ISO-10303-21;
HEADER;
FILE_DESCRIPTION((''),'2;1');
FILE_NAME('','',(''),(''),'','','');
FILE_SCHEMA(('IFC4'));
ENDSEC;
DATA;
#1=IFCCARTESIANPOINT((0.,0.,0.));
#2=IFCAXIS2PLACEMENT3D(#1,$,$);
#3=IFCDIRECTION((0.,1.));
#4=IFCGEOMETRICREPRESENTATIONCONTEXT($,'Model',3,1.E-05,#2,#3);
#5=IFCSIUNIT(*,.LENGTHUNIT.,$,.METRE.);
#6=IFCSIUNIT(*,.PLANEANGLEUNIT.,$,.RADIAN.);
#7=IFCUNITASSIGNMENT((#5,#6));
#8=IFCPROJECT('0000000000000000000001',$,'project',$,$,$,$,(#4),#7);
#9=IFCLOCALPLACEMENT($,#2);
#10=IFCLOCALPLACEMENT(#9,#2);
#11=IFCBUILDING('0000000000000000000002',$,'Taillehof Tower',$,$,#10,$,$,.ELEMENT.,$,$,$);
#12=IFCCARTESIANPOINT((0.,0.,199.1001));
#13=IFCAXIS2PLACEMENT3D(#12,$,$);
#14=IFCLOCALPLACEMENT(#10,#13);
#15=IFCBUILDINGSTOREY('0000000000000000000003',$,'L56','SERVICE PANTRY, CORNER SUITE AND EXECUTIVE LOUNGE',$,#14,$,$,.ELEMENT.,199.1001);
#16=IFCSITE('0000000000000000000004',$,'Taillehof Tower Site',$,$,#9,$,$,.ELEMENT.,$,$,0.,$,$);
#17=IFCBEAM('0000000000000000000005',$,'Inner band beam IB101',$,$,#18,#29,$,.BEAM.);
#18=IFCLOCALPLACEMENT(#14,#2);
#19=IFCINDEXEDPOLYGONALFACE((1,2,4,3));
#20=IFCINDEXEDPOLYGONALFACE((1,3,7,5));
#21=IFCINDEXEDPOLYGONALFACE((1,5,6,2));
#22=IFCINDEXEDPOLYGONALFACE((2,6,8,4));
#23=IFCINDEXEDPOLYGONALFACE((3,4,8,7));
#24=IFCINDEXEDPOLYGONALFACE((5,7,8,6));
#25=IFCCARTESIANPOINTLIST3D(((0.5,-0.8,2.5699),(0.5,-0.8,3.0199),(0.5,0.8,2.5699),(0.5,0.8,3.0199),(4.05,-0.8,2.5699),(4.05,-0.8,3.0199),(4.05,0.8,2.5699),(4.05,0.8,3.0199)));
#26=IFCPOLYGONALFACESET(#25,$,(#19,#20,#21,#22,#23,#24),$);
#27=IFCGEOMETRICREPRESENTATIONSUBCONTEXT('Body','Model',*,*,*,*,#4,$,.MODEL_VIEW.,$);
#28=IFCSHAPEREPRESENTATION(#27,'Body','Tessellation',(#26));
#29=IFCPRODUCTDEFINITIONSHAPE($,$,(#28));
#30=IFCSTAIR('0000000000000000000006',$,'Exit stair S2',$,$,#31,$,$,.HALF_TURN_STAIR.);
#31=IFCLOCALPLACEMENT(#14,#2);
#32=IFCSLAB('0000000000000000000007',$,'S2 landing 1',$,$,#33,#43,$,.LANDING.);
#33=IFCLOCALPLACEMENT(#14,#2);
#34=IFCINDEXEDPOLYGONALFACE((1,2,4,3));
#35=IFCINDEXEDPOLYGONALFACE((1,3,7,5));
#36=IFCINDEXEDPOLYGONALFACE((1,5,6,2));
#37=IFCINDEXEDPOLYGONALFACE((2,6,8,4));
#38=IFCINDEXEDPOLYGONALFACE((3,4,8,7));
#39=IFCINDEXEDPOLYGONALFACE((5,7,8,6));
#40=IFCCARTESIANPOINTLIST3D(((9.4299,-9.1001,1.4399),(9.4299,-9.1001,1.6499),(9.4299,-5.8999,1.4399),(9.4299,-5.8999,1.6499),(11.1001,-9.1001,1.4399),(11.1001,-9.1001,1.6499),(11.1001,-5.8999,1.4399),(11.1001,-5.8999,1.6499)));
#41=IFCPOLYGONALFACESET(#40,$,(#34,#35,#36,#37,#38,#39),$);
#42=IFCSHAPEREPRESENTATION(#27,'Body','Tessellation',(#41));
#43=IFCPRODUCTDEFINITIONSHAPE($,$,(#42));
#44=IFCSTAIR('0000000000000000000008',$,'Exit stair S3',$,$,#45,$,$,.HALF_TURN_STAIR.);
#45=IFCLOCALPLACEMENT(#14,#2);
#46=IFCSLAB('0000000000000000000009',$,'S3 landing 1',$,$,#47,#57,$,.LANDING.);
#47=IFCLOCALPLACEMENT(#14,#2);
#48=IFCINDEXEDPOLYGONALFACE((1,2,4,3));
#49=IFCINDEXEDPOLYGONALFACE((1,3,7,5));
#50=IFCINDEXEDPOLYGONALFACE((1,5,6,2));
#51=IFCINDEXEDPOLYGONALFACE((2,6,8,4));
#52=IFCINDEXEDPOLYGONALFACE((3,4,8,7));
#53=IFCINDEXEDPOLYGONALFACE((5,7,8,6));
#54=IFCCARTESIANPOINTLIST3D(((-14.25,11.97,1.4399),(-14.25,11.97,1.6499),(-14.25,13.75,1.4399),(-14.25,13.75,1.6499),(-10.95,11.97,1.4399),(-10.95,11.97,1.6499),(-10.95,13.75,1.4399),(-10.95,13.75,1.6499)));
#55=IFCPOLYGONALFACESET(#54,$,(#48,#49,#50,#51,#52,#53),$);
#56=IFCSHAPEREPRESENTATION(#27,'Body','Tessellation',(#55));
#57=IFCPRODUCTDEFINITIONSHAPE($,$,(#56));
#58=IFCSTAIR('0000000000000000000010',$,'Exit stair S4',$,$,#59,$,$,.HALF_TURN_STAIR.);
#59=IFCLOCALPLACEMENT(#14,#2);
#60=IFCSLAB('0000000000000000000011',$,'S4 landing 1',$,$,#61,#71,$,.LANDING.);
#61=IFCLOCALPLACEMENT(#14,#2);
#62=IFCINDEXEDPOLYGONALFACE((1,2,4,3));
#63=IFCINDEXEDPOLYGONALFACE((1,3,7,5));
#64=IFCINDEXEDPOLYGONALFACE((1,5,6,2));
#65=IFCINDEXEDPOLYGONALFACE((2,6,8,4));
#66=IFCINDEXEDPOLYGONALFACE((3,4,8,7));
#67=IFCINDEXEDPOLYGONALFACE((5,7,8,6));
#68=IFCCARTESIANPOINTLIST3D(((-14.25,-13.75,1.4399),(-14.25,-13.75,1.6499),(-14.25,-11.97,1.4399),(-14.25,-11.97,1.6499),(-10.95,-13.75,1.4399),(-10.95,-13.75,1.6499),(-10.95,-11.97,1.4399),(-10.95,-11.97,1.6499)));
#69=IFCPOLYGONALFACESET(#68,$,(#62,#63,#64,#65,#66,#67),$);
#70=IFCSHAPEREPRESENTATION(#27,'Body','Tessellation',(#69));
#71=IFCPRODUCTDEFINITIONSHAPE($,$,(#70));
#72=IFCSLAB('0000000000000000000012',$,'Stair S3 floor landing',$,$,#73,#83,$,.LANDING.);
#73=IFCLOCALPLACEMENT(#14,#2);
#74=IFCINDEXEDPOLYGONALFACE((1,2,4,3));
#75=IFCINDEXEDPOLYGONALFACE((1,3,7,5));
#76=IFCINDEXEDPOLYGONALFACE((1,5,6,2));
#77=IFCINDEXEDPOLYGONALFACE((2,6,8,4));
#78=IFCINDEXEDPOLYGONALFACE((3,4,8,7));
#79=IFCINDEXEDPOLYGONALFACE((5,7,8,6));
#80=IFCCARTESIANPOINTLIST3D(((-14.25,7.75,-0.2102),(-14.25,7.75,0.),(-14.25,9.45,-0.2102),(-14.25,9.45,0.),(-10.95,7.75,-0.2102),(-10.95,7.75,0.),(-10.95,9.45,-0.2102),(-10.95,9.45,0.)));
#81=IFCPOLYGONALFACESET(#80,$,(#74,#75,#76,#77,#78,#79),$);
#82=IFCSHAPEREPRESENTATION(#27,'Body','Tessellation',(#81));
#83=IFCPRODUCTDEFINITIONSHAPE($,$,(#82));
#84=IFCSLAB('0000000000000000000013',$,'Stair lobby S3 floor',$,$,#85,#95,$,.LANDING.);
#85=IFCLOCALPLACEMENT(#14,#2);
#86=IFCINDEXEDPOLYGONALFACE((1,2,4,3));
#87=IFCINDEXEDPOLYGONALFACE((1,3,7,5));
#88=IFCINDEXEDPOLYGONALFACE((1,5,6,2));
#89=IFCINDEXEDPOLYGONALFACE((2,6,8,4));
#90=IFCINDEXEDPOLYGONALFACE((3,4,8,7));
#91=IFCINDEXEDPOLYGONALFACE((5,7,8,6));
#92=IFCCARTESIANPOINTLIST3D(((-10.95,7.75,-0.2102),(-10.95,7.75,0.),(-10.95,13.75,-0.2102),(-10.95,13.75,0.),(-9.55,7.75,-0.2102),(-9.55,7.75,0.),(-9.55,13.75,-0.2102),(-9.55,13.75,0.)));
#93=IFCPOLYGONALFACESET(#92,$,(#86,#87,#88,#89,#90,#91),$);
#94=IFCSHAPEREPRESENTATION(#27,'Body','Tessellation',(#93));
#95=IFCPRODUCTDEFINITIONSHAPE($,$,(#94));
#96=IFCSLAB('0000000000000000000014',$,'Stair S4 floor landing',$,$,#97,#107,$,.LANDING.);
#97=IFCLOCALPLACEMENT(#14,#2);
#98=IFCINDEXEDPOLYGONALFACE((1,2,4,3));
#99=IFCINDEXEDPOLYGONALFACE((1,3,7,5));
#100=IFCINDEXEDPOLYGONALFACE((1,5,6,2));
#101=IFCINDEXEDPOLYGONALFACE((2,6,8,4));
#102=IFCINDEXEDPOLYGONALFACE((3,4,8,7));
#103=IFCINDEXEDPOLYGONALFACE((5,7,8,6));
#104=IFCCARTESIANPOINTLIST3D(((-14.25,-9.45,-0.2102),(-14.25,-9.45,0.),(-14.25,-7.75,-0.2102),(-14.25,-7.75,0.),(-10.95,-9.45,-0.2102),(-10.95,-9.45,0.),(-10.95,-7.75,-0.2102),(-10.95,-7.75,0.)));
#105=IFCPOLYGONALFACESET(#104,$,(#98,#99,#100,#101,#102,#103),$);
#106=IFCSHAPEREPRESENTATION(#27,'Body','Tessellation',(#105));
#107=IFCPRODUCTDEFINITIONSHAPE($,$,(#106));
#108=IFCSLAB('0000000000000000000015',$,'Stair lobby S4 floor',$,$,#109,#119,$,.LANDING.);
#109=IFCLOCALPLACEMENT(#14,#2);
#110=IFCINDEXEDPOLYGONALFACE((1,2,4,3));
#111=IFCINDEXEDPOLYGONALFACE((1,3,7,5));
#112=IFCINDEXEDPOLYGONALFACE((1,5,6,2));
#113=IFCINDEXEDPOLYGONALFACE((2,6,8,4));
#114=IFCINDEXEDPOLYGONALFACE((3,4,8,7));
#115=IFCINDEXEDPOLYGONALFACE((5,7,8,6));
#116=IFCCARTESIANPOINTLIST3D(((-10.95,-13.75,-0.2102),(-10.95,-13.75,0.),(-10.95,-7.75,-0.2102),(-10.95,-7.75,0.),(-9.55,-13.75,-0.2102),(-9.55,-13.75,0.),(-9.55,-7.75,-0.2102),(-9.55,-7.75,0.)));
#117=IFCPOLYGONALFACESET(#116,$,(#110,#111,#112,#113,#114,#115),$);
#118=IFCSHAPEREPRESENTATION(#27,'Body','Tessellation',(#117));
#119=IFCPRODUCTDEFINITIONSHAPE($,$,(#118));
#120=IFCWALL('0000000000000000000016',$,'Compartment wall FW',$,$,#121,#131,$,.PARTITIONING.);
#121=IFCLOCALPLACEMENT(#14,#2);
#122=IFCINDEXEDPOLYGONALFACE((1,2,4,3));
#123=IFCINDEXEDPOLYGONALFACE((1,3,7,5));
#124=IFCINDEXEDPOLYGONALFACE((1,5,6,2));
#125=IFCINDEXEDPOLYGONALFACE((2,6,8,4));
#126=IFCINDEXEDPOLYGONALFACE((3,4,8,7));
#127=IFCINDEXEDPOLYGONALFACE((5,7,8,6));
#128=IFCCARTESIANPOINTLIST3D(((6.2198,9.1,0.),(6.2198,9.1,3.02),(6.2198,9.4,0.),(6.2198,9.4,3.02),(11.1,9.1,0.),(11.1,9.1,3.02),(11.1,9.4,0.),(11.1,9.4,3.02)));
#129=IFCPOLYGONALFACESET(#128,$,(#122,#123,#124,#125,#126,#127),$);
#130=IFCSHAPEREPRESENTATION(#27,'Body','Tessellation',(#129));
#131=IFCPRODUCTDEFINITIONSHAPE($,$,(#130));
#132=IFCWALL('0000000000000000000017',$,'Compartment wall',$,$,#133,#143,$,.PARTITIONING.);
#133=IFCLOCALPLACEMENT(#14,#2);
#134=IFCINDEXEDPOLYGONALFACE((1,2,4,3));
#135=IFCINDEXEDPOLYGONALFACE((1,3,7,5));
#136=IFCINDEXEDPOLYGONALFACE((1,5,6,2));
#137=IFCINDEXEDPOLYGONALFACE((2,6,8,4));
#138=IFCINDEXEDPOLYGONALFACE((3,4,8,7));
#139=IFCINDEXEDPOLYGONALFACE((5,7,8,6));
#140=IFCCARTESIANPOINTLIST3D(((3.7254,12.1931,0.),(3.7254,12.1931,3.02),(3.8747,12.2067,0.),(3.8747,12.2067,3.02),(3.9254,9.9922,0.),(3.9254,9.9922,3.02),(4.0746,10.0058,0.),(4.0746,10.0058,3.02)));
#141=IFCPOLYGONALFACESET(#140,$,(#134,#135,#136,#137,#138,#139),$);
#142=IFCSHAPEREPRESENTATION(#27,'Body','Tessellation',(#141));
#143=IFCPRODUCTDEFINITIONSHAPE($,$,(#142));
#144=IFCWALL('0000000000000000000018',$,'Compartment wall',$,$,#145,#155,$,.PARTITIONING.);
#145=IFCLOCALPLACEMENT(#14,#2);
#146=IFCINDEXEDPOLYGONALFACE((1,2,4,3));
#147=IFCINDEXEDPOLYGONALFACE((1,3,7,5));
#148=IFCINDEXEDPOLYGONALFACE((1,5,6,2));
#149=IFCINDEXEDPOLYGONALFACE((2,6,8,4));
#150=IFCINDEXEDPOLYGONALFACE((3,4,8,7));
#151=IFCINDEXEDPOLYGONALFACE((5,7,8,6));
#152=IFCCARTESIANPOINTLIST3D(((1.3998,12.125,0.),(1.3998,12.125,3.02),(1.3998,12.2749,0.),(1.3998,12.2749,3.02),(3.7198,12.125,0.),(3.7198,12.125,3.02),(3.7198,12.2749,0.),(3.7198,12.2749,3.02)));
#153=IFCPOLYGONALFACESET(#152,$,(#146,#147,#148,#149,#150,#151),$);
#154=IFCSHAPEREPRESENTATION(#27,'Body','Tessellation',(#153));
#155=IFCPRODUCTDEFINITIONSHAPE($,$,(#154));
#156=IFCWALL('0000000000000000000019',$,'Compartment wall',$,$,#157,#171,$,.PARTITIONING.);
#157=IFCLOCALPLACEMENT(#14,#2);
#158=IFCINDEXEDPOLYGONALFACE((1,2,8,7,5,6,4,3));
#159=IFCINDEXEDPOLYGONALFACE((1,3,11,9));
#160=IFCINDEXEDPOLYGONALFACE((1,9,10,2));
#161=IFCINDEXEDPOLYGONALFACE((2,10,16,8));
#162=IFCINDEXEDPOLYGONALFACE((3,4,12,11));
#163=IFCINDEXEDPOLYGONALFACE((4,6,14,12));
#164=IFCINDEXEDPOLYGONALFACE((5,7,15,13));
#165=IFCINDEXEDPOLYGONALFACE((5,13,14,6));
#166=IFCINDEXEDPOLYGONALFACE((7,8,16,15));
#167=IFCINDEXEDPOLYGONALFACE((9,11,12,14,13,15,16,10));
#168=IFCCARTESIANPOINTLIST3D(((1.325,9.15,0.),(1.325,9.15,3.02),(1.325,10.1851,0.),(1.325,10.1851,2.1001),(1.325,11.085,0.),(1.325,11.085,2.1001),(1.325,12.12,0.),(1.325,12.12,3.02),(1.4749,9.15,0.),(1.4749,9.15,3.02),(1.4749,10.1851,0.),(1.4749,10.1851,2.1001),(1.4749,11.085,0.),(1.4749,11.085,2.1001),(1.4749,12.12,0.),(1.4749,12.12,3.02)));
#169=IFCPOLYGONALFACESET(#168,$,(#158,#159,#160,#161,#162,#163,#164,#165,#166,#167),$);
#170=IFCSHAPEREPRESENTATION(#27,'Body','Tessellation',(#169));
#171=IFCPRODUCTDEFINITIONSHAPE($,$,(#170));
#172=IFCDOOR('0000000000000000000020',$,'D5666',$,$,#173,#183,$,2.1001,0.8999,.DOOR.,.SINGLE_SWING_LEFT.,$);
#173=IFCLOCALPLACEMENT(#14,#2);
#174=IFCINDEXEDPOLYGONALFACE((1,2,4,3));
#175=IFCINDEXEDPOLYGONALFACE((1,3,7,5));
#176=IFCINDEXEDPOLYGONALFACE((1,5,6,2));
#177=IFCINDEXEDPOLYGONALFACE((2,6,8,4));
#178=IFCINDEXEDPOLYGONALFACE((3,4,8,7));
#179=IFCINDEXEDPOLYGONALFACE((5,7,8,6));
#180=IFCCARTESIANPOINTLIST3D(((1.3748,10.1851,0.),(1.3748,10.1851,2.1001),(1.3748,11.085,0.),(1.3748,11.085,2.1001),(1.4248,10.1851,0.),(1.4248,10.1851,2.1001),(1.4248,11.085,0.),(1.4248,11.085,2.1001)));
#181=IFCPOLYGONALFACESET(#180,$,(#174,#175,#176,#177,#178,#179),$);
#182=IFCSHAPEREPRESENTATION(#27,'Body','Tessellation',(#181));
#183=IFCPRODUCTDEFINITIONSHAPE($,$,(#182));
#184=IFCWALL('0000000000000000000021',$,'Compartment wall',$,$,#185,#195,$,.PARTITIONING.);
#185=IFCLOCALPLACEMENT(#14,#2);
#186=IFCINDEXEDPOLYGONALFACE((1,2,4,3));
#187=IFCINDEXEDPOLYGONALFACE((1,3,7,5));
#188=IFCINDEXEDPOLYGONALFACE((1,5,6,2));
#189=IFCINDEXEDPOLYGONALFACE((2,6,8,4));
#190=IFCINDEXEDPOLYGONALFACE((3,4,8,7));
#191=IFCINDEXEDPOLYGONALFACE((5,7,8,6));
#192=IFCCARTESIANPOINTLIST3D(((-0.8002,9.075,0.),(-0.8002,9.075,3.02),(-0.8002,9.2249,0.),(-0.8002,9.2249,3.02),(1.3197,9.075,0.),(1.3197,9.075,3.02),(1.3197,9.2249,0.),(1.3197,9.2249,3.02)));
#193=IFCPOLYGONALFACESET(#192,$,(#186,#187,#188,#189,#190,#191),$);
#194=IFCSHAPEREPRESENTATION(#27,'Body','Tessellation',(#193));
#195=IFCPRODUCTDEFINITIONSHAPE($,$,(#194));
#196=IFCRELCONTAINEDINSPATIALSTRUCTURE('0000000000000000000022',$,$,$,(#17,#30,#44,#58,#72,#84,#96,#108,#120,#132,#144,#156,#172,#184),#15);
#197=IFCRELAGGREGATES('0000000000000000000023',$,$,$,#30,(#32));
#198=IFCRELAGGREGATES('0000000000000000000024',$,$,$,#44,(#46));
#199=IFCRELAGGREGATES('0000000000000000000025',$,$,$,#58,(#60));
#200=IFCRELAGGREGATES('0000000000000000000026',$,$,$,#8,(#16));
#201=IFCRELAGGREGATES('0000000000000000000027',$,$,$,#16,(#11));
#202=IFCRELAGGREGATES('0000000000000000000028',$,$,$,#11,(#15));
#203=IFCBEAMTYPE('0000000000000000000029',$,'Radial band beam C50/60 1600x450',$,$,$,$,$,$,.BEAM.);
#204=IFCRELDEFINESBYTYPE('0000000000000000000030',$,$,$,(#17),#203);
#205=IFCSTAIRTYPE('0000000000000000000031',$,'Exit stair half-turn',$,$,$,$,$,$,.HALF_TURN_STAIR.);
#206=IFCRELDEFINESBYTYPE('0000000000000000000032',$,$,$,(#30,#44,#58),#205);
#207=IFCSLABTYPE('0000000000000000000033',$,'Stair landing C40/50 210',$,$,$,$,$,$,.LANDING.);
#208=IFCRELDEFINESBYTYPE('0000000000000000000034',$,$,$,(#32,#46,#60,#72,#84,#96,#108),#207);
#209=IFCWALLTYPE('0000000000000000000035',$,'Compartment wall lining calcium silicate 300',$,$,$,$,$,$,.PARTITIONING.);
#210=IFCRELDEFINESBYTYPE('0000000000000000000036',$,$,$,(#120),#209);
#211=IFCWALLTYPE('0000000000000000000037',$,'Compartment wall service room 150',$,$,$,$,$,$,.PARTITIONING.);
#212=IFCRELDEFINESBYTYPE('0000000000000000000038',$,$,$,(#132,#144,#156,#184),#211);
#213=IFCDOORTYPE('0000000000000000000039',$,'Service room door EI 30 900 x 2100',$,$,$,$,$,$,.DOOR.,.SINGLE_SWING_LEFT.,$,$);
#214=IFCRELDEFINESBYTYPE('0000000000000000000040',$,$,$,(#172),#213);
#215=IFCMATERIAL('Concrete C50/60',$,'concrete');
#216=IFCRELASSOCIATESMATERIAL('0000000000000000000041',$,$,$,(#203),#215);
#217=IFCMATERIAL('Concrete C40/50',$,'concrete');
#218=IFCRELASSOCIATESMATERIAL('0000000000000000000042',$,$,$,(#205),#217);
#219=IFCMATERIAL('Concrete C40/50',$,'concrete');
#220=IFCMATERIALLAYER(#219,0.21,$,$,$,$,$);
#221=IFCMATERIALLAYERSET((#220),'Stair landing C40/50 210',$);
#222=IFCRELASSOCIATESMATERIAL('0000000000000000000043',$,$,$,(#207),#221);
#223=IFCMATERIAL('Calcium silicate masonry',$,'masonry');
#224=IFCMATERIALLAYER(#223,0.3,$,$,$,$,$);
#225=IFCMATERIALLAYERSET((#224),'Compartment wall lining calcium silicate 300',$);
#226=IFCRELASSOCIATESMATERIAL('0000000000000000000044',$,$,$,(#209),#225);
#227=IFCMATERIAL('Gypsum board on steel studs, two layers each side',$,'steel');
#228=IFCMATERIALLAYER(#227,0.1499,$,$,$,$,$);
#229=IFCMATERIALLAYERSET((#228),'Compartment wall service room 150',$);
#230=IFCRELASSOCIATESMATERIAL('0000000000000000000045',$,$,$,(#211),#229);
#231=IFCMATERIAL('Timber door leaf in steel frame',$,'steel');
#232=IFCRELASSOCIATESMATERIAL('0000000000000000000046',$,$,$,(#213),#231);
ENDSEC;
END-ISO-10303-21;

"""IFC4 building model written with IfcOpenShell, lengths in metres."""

from ifc_helpers import new_model, si_unit, direction, frame, frame_2d, origin, origin_2d, place, context, subcontext, project, spatial, polyline, rectangle, outline, extrude, material, layer, layer_set, material_profile, profile_set, type_object, element, fill, aggregate, save


model = new_model("IFC4")

# Units and contexts
model_context = context("Model", 3, precision=1e-05, world=origin(), true_north=direction((0.0, 1.0)))
body_context = subcontext(model_context, "Body", "Model", "MODEL_VIEW")
ifc_project = project(units=[si_unit("LENGTHUNIT", "METRE"), si_unit("PLANEANGLEUNIT", "RADIAN")], contexts=[model_context])

# Site, building, storey
site_placement = place(None, origin())
site = spatial("IfcSite", under=ifc_project, at=site_placement, Name="Taillehof Tower Site", CompositionType="ELEMENT", RefElevation=0.0)
building_placement = place(site_placement, origin())
building = spatial("IfcBuilding", under=site, at=building_placement, Name="Taillehof Tower", CompositionType="ELEMENT")
storey_placement = place(building_placement, frame((0.0, 0.0, 199.1001)))
storey = spatial("IfcBuildingStorey", under=building, at=storey_placement, Name="L56", Description="SERVICE PANTRY, CORNER SUITE AND EXECUTIVE LOUNGE", CompositionType="ELEMENT", Elevation=199.1001)

# Beam
ifc_material_1 = material(Name="Concrete C50/60", Category="concrete")
ifc_material_profile = material_profile(ifc_material_1, rectangle(XDim=1.6001, YDim=0.45, at=origin_2d()), Name="RC 1600x450")
ifc_profile_set = profile_set([ifc_material_profile], Name="Concrete C50/60")
beam_type = type_object("IfcBeamType", Name="Radial band beam C50/60 1600x450", PredefinedType="BEAM", material=ifc_profile_set)
beam_placement = place(storey_placement, frame((0.5, 0.0, 2.7949), z_axis=(1.0, 0.0, 0.0), x_axis=(0.0, 1.0, 0.0)))
element("IfcBeam", 1, at=beam_placement, inside=storey, type_object=beam_type, Name="Inner band beam IB101", PredefinedType="BEAM", context=body_context, shape_type="SweptSolid", body=[
    extrude(rectangle(XDim=1.6001, YDim=0.45, at=origin_2d()), origin(), (0.0, 0.0, 1.0), 3.55),
])

# Stairs, slabs
ifc_material_2 = material(Name="Concrete C40/50", Category="concrete")
stair_type = type_object("IfcStairType", Name="Exit stair half-turn", PredefinedType="HALF_TURN_STAIR", material=ifc_material_2)
stair_1_placement = place(storey_placement, origin())
stair_1 = element("IfcStair", 2, at=stair_1_placement, inside=storey, type_object=stair_type, Name="Exit stair S2", PredefinedType="HALF_TURN_STAIR")
ifc_material_3 = material(Name="Concrete C40/50", Category="concrete")
ifc_layer_1 = layer(ifc_material_3, 0.21)
ifc_layer_set_1 = layer_set([ifc_layer_1], Name="Stair landing C40/50 210")
slab_type = type_object("IfcSlabType", Name="Stair landing C40/50 210", PredefinedType="LANDING", material=ifc_layer_set_1)
slab_1_placement = place(storey_placement, frame((0.0, 0.0, 1.4399)))
slab_1 = element("IfcSlab", 3, at=slab_1_placement, type_object=slab_type, Name="S2 landing 1", PredefinedType="LANDING", context=body_context, shape_type="SweptSolid", body=[
    extrude(outline(polyline([(9.4299, -5.8999), (11.1001, -5.8999), (11.1001, -9.1001), (9.4299, -9.1001), (9.4299, -5.8999)])), origin(), (0.0, 0.0, 1.0), 0.21),
])
aggregate(stair_1, [slab_1])
stair_2_placement = place(storey_placement, origin())
stair_2 = element("IfcStair", 4, at=stair_2_placement, inside=storey, type_object=stair_type, Name="Exit stair S3", PredefinedType="HALF_TURN_STAIR")
slab_2_placement = place(storey_placement, frame((0.0, 0.0, 1.4399)))
slab_2 = element("IfcSlab", 5, at=slab_2_placement, type_object=slab_type, Name="S3 landing 1", PredefinedType="LANDING", context=body_context, shape_type="SweptSolid", body=[
    extrude(outline(polyline([(-14.25, 11.97), (-14.25, 13.75), (-10.95, 13.75), (-10.95, 11.97), (-14.25, 11.97)])), origin(), (0.0, 0.0, 1.0), 0.21),
])
aggregate(stair_2, [slab_2])
stair_3_placement = place(storey_placement, origin())
stair_3 = element("IfcStair", 6, at=stair_3_placement, inside=storey, type_object=stair_type, Name="Exit stair S4", PredefinedType="HALF_TURN_STAIR")
slab_3_placement = place(storey_placement, frame((0.0, 0.0, 1.4399)))
slab_3 = element("IfcSlab", 7, at=slab_3_placement, type_object=slab_type, Name="S4 landing 1", PredefinedType="LANDING", context=body_context, shape_type="SweptSolid", body=[
    extrude(outline(polyline([(-14.25, -11.97), (-14.25, -13.75), (-10.95, -13.75), (-10.95, -11.97), (-14.25, -11.97)])), origin(), (0.0, 0.0, 1.0), 0.21),
])
aggregate(stair_3, [slab_3])

# Slabs
slab_4_placement = place(storey_placement, frame((0.0, 0.0, -0.2102)))
element("IfcSlab", 8, at=slab_4_placement, inside=storey, type_object=slab_type, Name="Stair S3 floor landing", PredefinedType="LANDING", context=body_context, shape_type="SweptSolid", body=[
    extrude(outline(polyline([(-14.25, 7.75), (-14.25, 9.45), (-10.95, 9.45), (-10.95, 7.75), (-14.25, 7.75)])), origin(), (0.0, 0.0, 1.0), 0.2102),
])
slab_5_placement = place(storey_placement, frame((0.0, 0.0, -0.2102)))
element("IfcSlab", 9, at=slab_5_placement, inside=storey, type_object=slab_type, Name="Stair lobby S3 floor", PredefinedType="LANDING", context=body_context, shape_type="SweptSolid", body=[
    extrude(outline(polyline([(-10.95, 7.75), (-9.55, 7.75), (-9.55, 13.75), (-10.95, 13.75), (-10.95, 7.75)])), origin(), (0.0, 0.0, 1.0), 0.2102),
])
slab_6_placement = place(storey_placement, frame((0.0, 0.0, -0.2102)))
element("IfcSlab", 10, at=slab_6_placement, inside=storey, type_object=slab_type, Name="Stair S4 floor landing", PredefinedType="LANDING", context=body_context, shape_type="SweptSolid", body=[
    extrude(outline(polyline([(-14.25, -7.75), (-14.25, -9.45), (-10.95, -9.45), (-10.95, -7.75), (-14.25, -7.75)])), origin(), (0.0, 0.0, 1.0), 0.2102),
])
slab_7_placement = place(storey_placement, frame((0.0, 0.0, -0.2102)))
element("IfcSlab", 11, at=slab_7_placement, inside=storey, type_object=slab_type, Name="Stair lobby S4 floor", PredefinedType="LANDING", context=body_context, shape_type="SweptSolid", body=[
    extrude(outline(polyline([(-10.95, -13.75), (-9.55, -13.75), (-9.55, -7.75), (-10.95, -7.75), (-10.95, -13.75)])), origin(), (0.0, 0.0, 1.0), 0.2102),
])

# Walls
ifc_material_4 = material(Name="Calcium silicate masonry", Category="masonry")
ifc_layer_2 = layer(ifc_material_4, 0.3)
ifc_layer_set_2 = layer_set([ifc_layer_2], Name="Compartment wall lining calcium silicate 300")
wall_type_1 = type_object("IfcWallType", Name="Compartment wall lining calcium silicate 300", PredefinedType="PARTITIONING", material=ifc_layer_set_2)
wall_1_placement = place(storey_placement, frame((6.22, 9.25, 0.0), z_axis=(0.0, 0.0, 1.0), x_axis=(1.0, 0.0, 0.0)))
element("IfcWall", 12, at=wall_1_placement, inside=storey, type_object=wall_type_1, Name="Compartment wall FW", PredefinedType="PARTITIONING", context=body_context, shape_type="SweptSolid", body=[
    extrude(rectangle(XDim=4.8801, YDim=0.3, at=frame_2d((2.4399, 0.0))), origin(), (0.0, 0.0, 1.0), 3.02),
])
ifc_material_5 = material(Name="Gypsum board on steel studs, two layers each side", Category="steel")
ifc_layer_3 = layer(ifc_material_5, 0.1499)
ifc_layer_set_3 = layer_set([ifc_layer_3], Name="Compartment wall service room 150")
wall_type_2 = type_object("IfcWallType", Name="Compartment wall service room 150", PredefinedType="PARTITIONING", material=ifc_layer_set_3)
wall_2_placement = place(storey_placement, frame((4.0, 9.999, 0.0), z_axis=(0.0, 0.0, 1.0), x_axis=(-0.090476, 0.995899, 0.0)))
element("IfcWall", 13, at=wall_2_placement, inside=storey, type_object=wall_type_2, Name="Compartment wall", PredefinedType="PARTITIONING", context=body_context, shape_type="SweptSolid", body=[
    extrude(rectangle(XDim=2.21, YDim=0.1499, at=frame_2d((1.105, 0.0))), origin(), (0.0, 0.0, 1.0), 3.02),
])
wall_3_placement = place(storey_placement, frame((3.72, 12.2, 0.0), z_axis=(0.0, 0.0, 1.0), x_axis=(-1.0, 0.0, 0.0)))
element("IfcWall", 14, at=wall_3_placement, inside=storey, type_object=wall_type_2, Name="Compartment wall", PredefinedType="PARTITIONING", context=body_context, shape_type="SweptSolid", body=[
    extrude(rectangle(XDim=2.3201, YDim=0.1499, at=frame_2d((1.1602, 0.0))), origin(), (0.0, 0.0, 1.0), 3.02),
])

# Wall, opening, door
wall_4_placement = place(storey_placement, frame((1.3999, 12.1199, 0.0), z_axis=(0.0, 0.0, 1.0), x_axis=(0.0, -1.0, 0.0)))
wall_4 = element("IfcWall", 15, at=wall_4_placement, inside=storey, type_object=wall_type_2, Name="Compartment wall", PredefinedType="PARTITIONING", context=body_context, shape_type="SweptSolid", body=[
    extrude(rectangle(XDim=2.97, YDim=0.1499, at=frame_2d((1.4849, 0.0))), origin(), (0.0, 0.0, 1.0), 3.02),
])
opening_1_placement = place(wall_4_placement, frame((1.0349, 0.0, 0.0)))
opening_1 = element("IfcOpeningElement", 16, at=opening_1_placement, cuts=wall_4, PredefinedType="OPENING", context=body_context, shape_type="SweptSolid", body=[
    extrude(rectangle(XDim=0.8999, YDim=2.1001, at=frame_2d((0.45, 1.05))), frame((0.0, 0.085, 0.0), z_axis=(0.0, -1.0, 0.0), x_axis=(1.0, 0.0, 0.0)), (0.0, 0.0, 1.0), 0.1699),
])
ifc_material_6 = material(Name="Timber door leaf in steel frame", Category="steel")
door_type_1 = type_object("IfcDoorType", Name="Service room door EI 30 900 x 2100", OperationType="SINGLE_SWING_LEFT", PredefinedType="DOOR", material=ifc_material_6)
door_1_placement = place(opening_1_placement, origin())
door_1 = element("IfcDoor", 17, at=door_1_placement, inside=storey, type_object=door_type_1, Name="D5666", OperationType="SINGLE_SWING_LEFT", OverallHeight=2.1001, OverallWidth=0.8999, PredefinedType="DOOR", context=body_context, shape_type="SweptSolid", body=[
    extrude(rectangle(XDim=0.8999, YDim=2.1001, at=frame_2d((0.45, 1.05))), frame((0.0, 0.0249, 0.0), z_axis=(0.0, -1.0, 0.0), x_axis=(1.0, 0.0, 0.0)), (0.0, 0.0, 1.0), 0.05),
])
fill(opening_1, door_1)

# Wall
wall_5_placement = place(storey_placement, frame((1.3198, 9.1499, 0.0), z_axis=(0.0, 0.0, 1.0), x_axis=(-1.0, 0.0, 0.0)))
element("IfcWall", 18, at=wall_5_placement, inside=storey, type_object=wall_type_2, Name="Compartment wall", PredefinedType="PARTITIONING", context=body_context, shape_type="SweptSolid", body=[
    extrude(rectangle(XDim=2.1199, YDim=0.1499, at=frame_2d((1.0601, 0.0))), origin(), (0.0, 0.0, 1.0), 3.02),
])

save(model, "model.ifc")
